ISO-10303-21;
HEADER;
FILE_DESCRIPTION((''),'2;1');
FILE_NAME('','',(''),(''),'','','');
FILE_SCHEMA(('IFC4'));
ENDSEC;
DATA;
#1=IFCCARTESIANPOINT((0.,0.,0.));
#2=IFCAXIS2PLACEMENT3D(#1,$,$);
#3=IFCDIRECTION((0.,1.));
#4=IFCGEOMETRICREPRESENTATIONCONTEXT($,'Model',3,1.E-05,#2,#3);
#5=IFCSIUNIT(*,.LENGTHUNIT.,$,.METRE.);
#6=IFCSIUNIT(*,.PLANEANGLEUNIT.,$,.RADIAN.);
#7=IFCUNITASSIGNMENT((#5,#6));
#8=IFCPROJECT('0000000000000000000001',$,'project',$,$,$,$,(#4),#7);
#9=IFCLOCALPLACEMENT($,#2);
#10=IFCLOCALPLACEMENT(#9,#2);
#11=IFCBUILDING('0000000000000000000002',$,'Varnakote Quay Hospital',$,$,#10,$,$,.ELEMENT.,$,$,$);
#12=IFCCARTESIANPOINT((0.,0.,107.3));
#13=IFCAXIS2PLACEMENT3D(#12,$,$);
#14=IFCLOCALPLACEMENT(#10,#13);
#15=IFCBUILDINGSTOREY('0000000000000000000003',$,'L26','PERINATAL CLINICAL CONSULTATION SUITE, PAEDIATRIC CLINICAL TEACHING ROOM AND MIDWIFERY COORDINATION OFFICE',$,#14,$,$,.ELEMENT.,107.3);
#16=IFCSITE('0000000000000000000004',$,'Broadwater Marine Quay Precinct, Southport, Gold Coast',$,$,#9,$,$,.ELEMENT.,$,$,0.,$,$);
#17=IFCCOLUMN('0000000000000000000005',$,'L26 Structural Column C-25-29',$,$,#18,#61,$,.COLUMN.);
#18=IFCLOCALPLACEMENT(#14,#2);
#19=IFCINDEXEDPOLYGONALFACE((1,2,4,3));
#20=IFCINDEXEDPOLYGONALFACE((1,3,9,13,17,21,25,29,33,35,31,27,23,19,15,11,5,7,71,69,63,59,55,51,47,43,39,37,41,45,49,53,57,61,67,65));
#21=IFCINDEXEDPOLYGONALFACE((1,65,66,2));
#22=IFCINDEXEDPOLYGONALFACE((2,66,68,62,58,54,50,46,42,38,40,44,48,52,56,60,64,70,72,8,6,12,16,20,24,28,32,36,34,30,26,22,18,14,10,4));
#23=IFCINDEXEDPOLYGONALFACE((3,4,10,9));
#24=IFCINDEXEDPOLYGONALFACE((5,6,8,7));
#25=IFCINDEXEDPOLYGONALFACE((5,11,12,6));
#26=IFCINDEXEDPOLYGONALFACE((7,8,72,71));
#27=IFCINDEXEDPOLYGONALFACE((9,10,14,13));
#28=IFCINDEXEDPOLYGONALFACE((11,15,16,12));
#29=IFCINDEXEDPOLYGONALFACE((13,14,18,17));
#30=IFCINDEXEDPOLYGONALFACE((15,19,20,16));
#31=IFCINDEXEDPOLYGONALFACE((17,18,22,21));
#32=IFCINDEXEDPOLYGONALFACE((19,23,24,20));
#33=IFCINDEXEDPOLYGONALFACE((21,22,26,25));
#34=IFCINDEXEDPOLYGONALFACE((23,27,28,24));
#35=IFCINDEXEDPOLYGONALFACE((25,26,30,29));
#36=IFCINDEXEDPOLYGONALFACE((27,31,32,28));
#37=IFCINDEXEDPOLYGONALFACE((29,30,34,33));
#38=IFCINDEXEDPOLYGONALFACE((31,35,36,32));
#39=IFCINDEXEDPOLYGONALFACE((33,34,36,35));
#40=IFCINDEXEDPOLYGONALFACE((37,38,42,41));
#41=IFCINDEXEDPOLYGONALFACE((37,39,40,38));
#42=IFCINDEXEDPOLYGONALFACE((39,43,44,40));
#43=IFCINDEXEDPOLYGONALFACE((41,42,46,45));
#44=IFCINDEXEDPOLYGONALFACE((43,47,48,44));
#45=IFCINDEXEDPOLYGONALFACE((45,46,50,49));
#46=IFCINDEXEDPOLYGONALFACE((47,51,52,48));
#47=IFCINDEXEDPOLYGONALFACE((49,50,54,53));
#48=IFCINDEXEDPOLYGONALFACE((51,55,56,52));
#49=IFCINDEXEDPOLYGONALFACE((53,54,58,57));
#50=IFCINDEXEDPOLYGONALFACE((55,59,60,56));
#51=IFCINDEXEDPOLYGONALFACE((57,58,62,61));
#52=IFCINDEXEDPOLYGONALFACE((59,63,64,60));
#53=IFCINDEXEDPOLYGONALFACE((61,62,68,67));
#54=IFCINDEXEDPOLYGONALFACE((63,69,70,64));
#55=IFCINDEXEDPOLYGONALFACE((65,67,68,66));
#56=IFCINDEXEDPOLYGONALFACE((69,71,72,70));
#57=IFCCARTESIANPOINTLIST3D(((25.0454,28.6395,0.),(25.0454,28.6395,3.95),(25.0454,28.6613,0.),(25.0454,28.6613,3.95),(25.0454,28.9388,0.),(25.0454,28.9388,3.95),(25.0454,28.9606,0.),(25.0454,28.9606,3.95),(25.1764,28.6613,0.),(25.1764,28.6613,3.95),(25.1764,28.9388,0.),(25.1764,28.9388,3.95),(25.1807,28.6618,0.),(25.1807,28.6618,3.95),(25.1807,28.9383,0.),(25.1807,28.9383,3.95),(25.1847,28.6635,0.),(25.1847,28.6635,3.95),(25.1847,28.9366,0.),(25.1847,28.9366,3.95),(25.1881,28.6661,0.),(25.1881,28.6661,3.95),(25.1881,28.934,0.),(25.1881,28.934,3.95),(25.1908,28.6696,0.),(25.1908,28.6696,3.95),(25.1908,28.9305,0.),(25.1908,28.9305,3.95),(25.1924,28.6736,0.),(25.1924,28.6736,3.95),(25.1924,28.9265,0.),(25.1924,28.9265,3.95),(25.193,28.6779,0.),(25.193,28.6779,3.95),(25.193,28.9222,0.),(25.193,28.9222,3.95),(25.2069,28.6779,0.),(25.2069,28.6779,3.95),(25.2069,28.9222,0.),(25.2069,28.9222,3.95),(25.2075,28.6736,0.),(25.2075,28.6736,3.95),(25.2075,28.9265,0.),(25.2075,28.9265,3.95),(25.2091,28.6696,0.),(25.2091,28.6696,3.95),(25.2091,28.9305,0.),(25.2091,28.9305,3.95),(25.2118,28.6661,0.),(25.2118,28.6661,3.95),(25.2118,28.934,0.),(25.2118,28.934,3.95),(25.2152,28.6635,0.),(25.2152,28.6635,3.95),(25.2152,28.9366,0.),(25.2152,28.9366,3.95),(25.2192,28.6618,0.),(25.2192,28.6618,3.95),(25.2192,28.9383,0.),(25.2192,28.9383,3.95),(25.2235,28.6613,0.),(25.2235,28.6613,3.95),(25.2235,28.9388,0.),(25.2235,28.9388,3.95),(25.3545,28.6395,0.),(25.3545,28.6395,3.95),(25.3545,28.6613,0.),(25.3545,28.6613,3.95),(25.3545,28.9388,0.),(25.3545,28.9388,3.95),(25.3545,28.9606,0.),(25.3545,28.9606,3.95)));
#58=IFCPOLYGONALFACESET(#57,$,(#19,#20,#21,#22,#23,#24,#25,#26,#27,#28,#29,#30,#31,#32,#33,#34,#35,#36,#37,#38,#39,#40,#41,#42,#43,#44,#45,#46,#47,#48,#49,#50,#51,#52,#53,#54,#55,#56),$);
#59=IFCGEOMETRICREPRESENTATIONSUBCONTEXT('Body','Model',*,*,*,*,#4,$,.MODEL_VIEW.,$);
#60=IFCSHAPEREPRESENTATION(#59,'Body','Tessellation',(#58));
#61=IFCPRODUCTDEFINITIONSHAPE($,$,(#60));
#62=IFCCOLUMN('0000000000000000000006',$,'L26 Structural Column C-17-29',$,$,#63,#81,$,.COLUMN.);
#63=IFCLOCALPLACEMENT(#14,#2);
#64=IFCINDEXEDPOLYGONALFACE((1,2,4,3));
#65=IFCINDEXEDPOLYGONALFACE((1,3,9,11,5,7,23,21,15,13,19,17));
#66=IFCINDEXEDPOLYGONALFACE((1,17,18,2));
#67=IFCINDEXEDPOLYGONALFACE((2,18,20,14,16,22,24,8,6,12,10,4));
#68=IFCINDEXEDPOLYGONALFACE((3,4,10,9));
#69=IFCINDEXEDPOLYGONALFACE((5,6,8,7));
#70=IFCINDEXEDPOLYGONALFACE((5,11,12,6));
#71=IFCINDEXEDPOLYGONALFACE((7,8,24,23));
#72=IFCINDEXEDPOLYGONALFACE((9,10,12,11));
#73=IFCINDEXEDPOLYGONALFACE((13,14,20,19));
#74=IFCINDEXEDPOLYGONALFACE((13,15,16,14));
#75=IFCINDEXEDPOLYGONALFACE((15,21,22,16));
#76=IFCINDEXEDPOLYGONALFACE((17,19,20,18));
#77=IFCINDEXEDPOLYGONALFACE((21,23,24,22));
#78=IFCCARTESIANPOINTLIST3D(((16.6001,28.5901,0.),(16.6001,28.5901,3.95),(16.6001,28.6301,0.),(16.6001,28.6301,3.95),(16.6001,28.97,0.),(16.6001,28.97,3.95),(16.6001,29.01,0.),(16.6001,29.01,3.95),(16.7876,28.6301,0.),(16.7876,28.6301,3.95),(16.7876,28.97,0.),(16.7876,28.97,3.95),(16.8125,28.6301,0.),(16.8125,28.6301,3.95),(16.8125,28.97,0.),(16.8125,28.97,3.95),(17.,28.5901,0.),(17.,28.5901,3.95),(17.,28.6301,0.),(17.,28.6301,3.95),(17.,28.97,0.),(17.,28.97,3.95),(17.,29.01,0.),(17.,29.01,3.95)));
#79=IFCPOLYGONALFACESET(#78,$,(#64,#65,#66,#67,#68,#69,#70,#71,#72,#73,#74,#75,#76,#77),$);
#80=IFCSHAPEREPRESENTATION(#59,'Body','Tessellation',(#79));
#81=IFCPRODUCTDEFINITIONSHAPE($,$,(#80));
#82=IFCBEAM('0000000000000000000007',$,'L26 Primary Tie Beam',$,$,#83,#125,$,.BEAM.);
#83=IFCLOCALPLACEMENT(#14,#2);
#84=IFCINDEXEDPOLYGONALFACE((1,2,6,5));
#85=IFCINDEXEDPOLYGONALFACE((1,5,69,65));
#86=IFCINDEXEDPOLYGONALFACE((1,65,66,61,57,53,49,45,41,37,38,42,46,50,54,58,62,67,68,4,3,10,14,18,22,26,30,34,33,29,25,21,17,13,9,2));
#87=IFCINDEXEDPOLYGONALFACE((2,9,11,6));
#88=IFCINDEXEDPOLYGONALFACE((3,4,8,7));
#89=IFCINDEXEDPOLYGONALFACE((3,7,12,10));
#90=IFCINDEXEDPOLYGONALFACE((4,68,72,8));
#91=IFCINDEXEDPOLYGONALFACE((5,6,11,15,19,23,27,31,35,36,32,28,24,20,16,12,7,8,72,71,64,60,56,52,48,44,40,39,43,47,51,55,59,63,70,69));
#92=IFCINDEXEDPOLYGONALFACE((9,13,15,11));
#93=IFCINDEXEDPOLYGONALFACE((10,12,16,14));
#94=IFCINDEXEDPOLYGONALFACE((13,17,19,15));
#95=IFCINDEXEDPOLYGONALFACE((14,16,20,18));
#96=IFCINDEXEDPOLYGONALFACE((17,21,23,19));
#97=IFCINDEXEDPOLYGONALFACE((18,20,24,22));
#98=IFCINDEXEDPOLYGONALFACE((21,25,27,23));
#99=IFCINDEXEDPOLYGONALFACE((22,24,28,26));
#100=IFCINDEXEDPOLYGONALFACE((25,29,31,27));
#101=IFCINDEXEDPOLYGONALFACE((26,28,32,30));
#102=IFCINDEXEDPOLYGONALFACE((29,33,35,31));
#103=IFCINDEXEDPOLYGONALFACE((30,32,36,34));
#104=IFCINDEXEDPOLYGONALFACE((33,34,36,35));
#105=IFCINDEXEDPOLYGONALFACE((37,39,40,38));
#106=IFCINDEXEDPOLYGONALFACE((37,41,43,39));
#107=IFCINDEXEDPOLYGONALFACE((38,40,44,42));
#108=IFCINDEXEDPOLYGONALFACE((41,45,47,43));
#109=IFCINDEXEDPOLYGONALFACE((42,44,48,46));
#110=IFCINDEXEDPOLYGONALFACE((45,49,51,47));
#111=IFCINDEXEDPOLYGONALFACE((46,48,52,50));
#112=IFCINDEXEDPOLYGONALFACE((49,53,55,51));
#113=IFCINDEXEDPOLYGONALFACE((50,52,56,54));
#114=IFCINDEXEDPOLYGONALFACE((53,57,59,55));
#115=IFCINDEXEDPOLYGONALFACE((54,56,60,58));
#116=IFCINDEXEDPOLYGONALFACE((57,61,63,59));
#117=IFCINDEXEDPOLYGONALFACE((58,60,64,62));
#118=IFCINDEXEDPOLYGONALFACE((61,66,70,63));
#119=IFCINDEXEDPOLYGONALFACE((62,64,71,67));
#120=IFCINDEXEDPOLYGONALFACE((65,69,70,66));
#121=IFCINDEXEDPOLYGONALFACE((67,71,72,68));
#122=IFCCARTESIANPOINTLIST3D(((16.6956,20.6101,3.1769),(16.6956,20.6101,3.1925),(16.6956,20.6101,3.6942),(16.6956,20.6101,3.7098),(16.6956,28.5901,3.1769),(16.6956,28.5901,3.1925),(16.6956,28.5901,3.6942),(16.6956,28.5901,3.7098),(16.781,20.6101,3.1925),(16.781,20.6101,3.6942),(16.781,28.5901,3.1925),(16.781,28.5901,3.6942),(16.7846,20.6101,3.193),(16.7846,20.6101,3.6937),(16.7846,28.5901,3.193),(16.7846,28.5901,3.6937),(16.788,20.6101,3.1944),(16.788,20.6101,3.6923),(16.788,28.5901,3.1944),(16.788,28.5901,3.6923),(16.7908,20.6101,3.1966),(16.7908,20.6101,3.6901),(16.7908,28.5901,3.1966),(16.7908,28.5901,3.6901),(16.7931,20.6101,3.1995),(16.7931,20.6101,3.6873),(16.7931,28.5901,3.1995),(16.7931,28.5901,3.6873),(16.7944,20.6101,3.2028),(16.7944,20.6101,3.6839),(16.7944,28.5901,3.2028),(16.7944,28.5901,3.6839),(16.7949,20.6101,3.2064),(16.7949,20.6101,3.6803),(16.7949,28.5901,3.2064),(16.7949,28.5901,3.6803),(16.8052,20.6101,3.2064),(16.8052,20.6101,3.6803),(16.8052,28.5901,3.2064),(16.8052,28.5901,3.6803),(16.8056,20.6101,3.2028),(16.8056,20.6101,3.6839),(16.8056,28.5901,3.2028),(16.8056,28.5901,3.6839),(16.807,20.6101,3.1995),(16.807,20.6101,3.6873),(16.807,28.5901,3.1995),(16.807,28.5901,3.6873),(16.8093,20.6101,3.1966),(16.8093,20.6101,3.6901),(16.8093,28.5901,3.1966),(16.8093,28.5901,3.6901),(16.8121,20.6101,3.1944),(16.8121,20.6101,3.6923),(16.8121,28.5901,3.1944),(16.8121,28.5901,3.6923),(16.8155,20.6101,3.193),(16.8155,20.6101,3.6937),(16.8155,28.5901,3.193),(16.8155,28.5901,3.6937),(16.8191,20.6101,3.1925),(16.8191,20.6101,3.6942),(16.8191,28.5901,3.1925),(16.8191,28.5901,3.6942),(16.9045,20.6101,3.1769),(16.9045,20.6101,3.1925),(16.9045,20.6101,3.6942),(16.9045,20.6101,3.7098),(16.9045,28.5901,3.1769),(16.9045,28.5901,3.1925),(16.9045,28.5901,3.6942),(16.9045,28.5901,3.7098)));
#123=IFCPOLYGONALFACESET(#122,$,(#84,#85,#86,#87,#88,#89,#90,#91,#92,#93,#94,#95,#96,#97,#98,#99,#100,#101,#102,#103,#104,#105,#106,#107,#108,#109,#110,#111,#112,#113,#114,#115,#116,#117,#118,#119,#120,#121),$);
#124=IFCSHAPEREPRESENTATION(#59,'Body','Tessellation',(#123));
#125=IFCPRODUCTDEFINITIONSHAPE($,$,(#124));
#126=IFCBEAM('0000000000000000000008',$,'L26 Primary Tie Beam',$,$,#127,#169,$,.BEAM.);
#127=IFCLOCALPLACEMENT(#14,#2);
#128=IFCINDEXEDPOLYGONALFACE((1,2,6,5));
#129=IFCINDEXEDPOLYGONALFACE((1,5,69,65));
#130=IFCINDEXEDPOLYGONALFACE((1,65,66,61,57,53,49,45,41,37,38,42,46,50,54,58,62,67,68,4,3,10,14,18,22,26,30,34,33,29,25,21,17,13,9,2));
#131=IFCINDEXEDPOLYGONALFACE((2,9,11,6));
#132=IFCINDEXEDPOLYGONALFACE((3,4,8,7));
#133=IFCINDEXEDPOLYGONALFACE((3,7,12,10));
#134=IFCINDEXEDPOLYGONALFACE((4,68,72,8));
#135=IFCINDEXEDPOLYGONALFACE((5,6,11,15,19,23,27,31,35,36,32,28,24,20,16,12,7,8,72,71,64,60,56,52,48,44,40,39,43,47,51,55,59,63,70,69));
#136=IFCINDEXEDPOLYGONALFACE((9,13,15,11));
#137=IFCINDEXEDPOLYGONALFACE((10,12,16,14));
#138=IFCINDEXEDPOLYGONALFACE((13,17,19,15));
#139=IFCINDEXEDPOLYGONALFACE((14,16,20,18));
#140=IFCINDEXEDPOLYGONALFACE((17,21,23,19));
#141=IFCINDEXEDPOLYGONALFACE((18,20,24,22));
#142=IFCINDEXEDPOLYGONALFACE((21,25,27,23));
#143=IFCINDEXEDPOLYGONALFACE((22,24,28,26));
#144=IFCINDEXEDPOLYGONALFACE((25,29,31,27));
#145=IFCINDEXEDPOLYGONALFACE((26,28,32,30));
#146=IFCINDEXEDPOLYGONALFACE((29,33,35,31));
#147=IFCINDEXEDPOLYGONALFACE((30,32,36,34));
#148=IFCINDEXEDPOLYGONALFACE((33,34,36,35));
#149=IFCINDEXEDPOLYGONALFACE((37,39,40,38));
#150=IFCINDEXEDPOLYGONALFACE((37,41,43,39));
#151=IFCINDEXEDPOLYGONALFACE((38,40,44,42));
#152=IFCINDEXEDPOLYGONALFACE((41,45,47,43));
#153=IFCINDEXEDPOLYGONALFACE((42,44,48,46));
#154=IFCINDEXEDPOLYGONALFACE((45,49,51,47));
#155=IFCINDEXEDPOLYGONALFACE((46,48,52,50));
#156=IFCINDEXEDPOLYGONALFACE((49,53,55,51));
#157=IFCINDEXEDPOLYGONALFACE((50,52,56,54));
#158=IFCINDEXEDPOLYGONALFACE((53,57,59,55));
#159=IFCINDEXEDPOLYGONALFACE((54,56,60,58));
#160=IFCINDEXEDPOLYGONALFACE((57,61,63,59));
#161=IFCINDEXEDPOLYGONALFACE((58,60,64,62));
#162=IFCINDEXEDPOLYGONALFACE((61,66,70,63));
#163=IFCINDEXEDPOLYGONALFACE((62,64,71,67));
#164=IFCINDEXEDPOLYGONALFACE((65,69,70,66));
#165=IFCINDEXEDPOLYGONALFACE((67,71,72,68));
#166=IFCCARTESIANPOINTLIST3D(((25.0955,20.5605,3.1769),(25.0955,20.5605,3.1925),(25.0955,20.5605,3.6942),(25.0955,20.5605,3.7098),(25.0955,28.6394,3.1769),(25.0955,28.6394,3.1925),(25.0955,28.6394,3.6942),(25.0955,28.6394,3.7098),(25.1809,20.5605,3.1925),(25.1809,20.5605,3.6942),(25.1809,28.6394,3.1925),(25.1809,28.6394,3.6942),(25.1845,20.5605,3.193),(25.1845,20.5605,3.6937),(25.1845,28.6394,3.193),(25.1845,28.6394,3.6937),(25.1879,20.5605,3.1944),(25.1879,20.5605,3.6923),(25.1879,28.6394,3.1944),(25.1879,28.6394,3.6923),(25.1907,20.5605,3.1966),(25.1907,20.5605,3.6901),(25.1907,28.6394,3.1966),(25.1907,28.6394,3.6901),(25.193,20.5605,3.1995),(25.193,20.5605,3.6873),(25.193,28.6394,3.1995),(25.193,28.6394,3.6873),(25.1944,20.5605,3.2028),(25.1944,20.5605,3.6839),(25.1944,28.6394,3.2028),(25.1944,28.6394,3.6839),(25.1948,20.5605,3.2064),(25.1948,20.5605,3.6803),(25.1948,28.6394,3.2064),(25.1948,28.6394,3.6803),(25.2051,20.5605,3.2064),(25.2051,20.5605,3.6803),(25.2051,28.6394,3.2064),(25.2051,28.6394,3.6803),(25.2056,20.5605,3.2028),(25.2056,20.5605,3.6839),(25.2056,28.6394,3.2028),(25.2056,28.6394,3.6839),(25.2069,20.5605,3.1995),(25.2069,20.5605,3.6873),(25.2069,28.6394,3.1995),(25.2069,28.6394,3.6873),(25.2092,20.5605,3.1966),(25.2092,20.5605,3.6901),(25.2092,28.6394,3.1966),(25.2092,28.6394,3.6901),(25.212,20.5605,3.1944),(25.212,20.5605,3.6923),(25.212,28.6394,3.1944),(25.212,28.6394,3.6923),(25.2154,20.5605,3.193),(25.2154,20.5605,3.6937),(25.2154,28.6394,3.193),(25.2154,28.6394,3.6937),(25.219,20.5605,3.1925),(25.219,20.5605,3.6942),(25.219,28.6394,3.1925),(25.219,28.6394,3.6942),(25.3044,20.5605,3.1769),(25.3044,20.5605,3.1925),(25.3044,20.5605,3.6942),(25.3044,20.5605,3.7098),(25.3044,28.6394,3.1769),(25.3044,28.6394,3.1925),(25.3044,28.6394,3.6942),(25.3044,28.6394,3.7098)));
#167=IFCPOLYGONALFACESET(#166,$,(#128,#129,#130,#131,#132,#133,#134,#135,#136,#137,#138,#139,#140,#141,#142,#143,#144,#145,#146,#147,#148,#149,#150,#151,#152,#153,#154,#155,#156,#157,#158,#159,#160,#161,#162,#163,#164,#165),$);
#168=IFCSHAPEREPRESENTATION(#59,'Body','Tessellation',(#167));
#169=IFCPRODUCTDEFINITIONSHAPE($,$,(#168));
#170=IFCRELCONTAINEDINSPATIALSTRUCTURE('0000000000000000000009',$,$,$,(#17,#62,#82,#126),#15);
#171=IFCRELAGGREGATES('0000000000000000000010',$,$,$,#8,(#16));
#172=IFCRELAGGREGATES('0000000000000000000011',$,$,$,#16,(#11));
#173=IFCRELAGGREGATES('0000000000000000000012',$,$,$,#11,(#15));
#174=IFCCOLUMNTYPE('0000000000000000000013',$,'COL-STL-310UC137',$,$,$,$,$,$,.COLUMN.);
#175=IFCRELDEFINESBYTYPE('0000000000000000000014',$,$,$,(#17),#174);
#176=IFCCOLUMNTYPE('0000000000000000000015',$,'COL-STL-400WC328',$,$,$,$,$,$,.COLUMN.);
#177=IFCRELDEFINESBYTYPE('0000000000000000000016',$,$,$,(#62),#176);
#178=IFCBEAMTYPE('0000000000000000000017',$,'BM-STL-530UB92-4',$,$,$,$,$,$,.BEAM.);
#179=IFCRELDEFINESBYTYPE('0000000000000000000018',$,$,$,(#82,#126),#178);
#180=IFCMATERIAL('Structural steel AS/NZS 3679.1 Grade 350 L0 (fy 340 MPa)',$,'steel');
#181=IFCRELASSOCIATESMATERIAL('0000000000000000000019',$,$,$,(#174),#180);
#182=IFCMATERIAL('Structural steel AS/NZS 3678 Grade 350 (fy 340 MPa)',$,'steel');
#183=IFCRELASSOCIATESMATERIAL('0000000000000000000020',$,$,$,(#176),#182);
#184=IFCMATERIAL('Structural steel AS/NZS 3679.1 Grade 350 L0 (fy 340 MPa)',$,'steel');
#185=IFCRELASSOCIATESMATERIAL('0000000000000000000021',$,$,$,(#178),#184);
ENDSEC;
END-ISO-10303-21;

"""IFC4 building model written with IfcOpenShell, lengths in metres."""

from ifc_helpers import new_model, si_unit, direction, frame, origin, origin_2d, place, context, subcontext, project, spatial, i_section, extrude, material, material_profile, profile_set, type_object, element, save


model = new_model("IFC4")

# Units and contexts
model_context = context("Model", 3, precision=1e-05, world=origin(), true_north=direction((0.0, 1.0)))
body_context = subcontext(model_context, "Body", "Model", "MODEL_VIEW")
ifc_project = project(units=[si_unit("LENGTHUNIT", "METRE"), si_unit("PLANEANGLEUNIT", "RADIAN")], contexts=[model_context])

# Site, building, storey
site_placement = place(None, origin())
site = spatial("IfcSite", under=ifc_project, at=site_placement, Name="Broadwater Marine Quay Precinct, Southport, Gold Coast", CompositionType="ELEMENT", RefElevation=0.0)
building_placement = place(site_placement, origin())
building = spatial("IfcBuilding", under=site, at=building_placement, Name="Varnakote Quay Hospital", CompositionType="ELEMENT")
storey_placement = place(building_placement, frame((0.0, 0.0, 107.3)))
storey = spatial("IfcBuildingStorey", under=building, at=storey_placement, Name="L26", Description="PERINATAL CLINICAL CONSULTATION SUITE, PAEDIATRIC CLINICAL TEACHING ROOM AND MIDWIFERY COORDINATION OFFICE", CompositionType="ELEMENT", Elevation=107.3)

# Columns
ifc_material_1 = material(Name="Structural steel AS/NZS 3679.1 Grade 350 L0 (fy 340 MPa)", Category="steel")
ifc_material_profile_1 = material_profile(ifc_material_1, i_section(OverallWidth=0.3091, OverallDepth=0.321, WebThickness=0.0139, FlangeThickness=0.0217, FilletRadius=0.0166, at=origin_2d()), Name="310UC137")
ifc_profile_set_1 = profile_set([ifc_material_profile_1], Name="Structural steel AS/NZS 3679.1 Grade 350 L0 (fy 340 MPa)")
column_type_1 = type_object("IfcColumnType", Name="COL-STL-310UC137", PredefinedType="COLUMN", material=ifc_profile_set_1)
column_1_placement = place(storey_placement, frame((25.2, 28.8, 0.0), z_axis=(0.0, 0.0, 1.0), x_axis=(1.0, 0.0, 0.0)))
element("IfcColumn", 1, at=column_1_placement, inside=storey, type_object=column_type_1, Name="L26 Structural Column C-25-29", PredefinedType="COLUMN", context=body_context, shape_type="SweptSolid", body=[
    extrude(i_section(OverallWidth=0.3091, OverallDepth=0.321, WebThickness=0.0139, FlangeThickness=0.0217, FilletRadius=0.0166, at=origin_2d()), origin(), (0.0, 0.0, 1.0), 3.95),
])
ifc_material_2 = material(Name="Structural steel AS/NZS 3678 Grade 350 (fy 340 MPa)", Category="steel")
ifc_material_profile_2 = material_profile(ifc_material_2, i_section(OverallWidth=0.3999, OverallDepth=0.4199, WebThickness=0.0249, FlangeThickness=0.04, at=origin_2d()), Name="400WC328")
ifc_profile_set_2 = profile_set([ifc_material_profile_2], Name="Structural steel AS/NZS 3678 Grade 350 (fy 340 MPa)")
column_type_2 = type_object("IfcColumnType", Name="COL-STL-400WC328", PredefinedType="COLUMN", material=ifc_profile_set_2)
column_2_placement = place(storey_placement, frame((16.8, 28.8, 0.0), z_axis=(0.0, 0.0, 1.0), x_axis=(1.0, 0.0, 0.0)))
element("IfcColumn", 2, at=column_2_placement, inside=storey, type_object=column_type_2, Name="L26 Structural Column C-17-29", PredefinedType="COLUMN", context=body_context, shape_type="SweptSolid", body=[
    extrude(i_section(OverallWidth=0.3999, OverallDepth=0.4199, WebThickness=0.0249, FlangeThickness=0.04, at=origin_2d()), origin(), (0.0, 0.0, 1.0), 3.95),
])

# Beams
ifc_material_3 = material(Name="Structural steel AS/NZS 3679.1 Grade 350 L0 (fy 340 MPa)", Category="steel")
ifc_material_profile_3 = material_profile(ifc_material_3, i_section(OverallWidth=0.209, OverallDepth=0.533, WebThickness=0.0103, FlangeThickness=0.0156, FilletRadius=0.0139, at=origin_2d()), Name="530UB92.4")
ifc_profile_set_3 = profile_set([ifc_material_profile_3], Name="Structural steel AS/NZS 3679.1 Grade 350 L0 (fy 340 MPa)")
beam_type_1 = type_object("IfcBeamType", Name="BM-STL-530UB92-4", PredefinedType="BEAM", material=ifc_profile_set_3)
beam_1_placement = place(storey_placement, frame((16.8, 20.6101, 3.4434), z_axis=(0.0, 1.0, 0.0), x_axis=(-1.0, 0.0, 0.0)))
element("IfcBeam", 3, at=beam_1_placement, inside=storey, type_object=beam_type_1, Name="L26 Primary Tie Beam", PredefinedType="BEAM", context=body_context, shape_type="SweptSolid", body=[
    extrude(i_section(OverallWidth=0.209, OverallDepth=0.533, WebThickness=0.0103, FlangeThickness=0.0156, FilletRadius=0.0139, at=origin_2d()), origin(), (0.0, 0.0, 1.0), 7.98),
])
beam_2_placement = place(storey_placement, frame((25.2, 20.5605, 3.4434), z_axis=(0.0, 1.0, 0.0), x_axis=(-1.0, 0.0, 0.0)))
element("IfcBeam", 4, at=beam_2_placement, inside=storey, type_object=beam_type_1, Name="L26 Primary Tie Beam", PredefinedType="BEAM", context=body_context, shape_type="SweptSolid", body=[
    extrude(i_section(OverallWidth=0.209, OverallDepth=0.533, WebThickness=0.0103, FlangeThickness=0.0156, FilletRadius=0.0139, at=origin_2d()), origin(), (0.0, 0.0, 1.0), 8.0789),
])

save(model, "model.ifc")
